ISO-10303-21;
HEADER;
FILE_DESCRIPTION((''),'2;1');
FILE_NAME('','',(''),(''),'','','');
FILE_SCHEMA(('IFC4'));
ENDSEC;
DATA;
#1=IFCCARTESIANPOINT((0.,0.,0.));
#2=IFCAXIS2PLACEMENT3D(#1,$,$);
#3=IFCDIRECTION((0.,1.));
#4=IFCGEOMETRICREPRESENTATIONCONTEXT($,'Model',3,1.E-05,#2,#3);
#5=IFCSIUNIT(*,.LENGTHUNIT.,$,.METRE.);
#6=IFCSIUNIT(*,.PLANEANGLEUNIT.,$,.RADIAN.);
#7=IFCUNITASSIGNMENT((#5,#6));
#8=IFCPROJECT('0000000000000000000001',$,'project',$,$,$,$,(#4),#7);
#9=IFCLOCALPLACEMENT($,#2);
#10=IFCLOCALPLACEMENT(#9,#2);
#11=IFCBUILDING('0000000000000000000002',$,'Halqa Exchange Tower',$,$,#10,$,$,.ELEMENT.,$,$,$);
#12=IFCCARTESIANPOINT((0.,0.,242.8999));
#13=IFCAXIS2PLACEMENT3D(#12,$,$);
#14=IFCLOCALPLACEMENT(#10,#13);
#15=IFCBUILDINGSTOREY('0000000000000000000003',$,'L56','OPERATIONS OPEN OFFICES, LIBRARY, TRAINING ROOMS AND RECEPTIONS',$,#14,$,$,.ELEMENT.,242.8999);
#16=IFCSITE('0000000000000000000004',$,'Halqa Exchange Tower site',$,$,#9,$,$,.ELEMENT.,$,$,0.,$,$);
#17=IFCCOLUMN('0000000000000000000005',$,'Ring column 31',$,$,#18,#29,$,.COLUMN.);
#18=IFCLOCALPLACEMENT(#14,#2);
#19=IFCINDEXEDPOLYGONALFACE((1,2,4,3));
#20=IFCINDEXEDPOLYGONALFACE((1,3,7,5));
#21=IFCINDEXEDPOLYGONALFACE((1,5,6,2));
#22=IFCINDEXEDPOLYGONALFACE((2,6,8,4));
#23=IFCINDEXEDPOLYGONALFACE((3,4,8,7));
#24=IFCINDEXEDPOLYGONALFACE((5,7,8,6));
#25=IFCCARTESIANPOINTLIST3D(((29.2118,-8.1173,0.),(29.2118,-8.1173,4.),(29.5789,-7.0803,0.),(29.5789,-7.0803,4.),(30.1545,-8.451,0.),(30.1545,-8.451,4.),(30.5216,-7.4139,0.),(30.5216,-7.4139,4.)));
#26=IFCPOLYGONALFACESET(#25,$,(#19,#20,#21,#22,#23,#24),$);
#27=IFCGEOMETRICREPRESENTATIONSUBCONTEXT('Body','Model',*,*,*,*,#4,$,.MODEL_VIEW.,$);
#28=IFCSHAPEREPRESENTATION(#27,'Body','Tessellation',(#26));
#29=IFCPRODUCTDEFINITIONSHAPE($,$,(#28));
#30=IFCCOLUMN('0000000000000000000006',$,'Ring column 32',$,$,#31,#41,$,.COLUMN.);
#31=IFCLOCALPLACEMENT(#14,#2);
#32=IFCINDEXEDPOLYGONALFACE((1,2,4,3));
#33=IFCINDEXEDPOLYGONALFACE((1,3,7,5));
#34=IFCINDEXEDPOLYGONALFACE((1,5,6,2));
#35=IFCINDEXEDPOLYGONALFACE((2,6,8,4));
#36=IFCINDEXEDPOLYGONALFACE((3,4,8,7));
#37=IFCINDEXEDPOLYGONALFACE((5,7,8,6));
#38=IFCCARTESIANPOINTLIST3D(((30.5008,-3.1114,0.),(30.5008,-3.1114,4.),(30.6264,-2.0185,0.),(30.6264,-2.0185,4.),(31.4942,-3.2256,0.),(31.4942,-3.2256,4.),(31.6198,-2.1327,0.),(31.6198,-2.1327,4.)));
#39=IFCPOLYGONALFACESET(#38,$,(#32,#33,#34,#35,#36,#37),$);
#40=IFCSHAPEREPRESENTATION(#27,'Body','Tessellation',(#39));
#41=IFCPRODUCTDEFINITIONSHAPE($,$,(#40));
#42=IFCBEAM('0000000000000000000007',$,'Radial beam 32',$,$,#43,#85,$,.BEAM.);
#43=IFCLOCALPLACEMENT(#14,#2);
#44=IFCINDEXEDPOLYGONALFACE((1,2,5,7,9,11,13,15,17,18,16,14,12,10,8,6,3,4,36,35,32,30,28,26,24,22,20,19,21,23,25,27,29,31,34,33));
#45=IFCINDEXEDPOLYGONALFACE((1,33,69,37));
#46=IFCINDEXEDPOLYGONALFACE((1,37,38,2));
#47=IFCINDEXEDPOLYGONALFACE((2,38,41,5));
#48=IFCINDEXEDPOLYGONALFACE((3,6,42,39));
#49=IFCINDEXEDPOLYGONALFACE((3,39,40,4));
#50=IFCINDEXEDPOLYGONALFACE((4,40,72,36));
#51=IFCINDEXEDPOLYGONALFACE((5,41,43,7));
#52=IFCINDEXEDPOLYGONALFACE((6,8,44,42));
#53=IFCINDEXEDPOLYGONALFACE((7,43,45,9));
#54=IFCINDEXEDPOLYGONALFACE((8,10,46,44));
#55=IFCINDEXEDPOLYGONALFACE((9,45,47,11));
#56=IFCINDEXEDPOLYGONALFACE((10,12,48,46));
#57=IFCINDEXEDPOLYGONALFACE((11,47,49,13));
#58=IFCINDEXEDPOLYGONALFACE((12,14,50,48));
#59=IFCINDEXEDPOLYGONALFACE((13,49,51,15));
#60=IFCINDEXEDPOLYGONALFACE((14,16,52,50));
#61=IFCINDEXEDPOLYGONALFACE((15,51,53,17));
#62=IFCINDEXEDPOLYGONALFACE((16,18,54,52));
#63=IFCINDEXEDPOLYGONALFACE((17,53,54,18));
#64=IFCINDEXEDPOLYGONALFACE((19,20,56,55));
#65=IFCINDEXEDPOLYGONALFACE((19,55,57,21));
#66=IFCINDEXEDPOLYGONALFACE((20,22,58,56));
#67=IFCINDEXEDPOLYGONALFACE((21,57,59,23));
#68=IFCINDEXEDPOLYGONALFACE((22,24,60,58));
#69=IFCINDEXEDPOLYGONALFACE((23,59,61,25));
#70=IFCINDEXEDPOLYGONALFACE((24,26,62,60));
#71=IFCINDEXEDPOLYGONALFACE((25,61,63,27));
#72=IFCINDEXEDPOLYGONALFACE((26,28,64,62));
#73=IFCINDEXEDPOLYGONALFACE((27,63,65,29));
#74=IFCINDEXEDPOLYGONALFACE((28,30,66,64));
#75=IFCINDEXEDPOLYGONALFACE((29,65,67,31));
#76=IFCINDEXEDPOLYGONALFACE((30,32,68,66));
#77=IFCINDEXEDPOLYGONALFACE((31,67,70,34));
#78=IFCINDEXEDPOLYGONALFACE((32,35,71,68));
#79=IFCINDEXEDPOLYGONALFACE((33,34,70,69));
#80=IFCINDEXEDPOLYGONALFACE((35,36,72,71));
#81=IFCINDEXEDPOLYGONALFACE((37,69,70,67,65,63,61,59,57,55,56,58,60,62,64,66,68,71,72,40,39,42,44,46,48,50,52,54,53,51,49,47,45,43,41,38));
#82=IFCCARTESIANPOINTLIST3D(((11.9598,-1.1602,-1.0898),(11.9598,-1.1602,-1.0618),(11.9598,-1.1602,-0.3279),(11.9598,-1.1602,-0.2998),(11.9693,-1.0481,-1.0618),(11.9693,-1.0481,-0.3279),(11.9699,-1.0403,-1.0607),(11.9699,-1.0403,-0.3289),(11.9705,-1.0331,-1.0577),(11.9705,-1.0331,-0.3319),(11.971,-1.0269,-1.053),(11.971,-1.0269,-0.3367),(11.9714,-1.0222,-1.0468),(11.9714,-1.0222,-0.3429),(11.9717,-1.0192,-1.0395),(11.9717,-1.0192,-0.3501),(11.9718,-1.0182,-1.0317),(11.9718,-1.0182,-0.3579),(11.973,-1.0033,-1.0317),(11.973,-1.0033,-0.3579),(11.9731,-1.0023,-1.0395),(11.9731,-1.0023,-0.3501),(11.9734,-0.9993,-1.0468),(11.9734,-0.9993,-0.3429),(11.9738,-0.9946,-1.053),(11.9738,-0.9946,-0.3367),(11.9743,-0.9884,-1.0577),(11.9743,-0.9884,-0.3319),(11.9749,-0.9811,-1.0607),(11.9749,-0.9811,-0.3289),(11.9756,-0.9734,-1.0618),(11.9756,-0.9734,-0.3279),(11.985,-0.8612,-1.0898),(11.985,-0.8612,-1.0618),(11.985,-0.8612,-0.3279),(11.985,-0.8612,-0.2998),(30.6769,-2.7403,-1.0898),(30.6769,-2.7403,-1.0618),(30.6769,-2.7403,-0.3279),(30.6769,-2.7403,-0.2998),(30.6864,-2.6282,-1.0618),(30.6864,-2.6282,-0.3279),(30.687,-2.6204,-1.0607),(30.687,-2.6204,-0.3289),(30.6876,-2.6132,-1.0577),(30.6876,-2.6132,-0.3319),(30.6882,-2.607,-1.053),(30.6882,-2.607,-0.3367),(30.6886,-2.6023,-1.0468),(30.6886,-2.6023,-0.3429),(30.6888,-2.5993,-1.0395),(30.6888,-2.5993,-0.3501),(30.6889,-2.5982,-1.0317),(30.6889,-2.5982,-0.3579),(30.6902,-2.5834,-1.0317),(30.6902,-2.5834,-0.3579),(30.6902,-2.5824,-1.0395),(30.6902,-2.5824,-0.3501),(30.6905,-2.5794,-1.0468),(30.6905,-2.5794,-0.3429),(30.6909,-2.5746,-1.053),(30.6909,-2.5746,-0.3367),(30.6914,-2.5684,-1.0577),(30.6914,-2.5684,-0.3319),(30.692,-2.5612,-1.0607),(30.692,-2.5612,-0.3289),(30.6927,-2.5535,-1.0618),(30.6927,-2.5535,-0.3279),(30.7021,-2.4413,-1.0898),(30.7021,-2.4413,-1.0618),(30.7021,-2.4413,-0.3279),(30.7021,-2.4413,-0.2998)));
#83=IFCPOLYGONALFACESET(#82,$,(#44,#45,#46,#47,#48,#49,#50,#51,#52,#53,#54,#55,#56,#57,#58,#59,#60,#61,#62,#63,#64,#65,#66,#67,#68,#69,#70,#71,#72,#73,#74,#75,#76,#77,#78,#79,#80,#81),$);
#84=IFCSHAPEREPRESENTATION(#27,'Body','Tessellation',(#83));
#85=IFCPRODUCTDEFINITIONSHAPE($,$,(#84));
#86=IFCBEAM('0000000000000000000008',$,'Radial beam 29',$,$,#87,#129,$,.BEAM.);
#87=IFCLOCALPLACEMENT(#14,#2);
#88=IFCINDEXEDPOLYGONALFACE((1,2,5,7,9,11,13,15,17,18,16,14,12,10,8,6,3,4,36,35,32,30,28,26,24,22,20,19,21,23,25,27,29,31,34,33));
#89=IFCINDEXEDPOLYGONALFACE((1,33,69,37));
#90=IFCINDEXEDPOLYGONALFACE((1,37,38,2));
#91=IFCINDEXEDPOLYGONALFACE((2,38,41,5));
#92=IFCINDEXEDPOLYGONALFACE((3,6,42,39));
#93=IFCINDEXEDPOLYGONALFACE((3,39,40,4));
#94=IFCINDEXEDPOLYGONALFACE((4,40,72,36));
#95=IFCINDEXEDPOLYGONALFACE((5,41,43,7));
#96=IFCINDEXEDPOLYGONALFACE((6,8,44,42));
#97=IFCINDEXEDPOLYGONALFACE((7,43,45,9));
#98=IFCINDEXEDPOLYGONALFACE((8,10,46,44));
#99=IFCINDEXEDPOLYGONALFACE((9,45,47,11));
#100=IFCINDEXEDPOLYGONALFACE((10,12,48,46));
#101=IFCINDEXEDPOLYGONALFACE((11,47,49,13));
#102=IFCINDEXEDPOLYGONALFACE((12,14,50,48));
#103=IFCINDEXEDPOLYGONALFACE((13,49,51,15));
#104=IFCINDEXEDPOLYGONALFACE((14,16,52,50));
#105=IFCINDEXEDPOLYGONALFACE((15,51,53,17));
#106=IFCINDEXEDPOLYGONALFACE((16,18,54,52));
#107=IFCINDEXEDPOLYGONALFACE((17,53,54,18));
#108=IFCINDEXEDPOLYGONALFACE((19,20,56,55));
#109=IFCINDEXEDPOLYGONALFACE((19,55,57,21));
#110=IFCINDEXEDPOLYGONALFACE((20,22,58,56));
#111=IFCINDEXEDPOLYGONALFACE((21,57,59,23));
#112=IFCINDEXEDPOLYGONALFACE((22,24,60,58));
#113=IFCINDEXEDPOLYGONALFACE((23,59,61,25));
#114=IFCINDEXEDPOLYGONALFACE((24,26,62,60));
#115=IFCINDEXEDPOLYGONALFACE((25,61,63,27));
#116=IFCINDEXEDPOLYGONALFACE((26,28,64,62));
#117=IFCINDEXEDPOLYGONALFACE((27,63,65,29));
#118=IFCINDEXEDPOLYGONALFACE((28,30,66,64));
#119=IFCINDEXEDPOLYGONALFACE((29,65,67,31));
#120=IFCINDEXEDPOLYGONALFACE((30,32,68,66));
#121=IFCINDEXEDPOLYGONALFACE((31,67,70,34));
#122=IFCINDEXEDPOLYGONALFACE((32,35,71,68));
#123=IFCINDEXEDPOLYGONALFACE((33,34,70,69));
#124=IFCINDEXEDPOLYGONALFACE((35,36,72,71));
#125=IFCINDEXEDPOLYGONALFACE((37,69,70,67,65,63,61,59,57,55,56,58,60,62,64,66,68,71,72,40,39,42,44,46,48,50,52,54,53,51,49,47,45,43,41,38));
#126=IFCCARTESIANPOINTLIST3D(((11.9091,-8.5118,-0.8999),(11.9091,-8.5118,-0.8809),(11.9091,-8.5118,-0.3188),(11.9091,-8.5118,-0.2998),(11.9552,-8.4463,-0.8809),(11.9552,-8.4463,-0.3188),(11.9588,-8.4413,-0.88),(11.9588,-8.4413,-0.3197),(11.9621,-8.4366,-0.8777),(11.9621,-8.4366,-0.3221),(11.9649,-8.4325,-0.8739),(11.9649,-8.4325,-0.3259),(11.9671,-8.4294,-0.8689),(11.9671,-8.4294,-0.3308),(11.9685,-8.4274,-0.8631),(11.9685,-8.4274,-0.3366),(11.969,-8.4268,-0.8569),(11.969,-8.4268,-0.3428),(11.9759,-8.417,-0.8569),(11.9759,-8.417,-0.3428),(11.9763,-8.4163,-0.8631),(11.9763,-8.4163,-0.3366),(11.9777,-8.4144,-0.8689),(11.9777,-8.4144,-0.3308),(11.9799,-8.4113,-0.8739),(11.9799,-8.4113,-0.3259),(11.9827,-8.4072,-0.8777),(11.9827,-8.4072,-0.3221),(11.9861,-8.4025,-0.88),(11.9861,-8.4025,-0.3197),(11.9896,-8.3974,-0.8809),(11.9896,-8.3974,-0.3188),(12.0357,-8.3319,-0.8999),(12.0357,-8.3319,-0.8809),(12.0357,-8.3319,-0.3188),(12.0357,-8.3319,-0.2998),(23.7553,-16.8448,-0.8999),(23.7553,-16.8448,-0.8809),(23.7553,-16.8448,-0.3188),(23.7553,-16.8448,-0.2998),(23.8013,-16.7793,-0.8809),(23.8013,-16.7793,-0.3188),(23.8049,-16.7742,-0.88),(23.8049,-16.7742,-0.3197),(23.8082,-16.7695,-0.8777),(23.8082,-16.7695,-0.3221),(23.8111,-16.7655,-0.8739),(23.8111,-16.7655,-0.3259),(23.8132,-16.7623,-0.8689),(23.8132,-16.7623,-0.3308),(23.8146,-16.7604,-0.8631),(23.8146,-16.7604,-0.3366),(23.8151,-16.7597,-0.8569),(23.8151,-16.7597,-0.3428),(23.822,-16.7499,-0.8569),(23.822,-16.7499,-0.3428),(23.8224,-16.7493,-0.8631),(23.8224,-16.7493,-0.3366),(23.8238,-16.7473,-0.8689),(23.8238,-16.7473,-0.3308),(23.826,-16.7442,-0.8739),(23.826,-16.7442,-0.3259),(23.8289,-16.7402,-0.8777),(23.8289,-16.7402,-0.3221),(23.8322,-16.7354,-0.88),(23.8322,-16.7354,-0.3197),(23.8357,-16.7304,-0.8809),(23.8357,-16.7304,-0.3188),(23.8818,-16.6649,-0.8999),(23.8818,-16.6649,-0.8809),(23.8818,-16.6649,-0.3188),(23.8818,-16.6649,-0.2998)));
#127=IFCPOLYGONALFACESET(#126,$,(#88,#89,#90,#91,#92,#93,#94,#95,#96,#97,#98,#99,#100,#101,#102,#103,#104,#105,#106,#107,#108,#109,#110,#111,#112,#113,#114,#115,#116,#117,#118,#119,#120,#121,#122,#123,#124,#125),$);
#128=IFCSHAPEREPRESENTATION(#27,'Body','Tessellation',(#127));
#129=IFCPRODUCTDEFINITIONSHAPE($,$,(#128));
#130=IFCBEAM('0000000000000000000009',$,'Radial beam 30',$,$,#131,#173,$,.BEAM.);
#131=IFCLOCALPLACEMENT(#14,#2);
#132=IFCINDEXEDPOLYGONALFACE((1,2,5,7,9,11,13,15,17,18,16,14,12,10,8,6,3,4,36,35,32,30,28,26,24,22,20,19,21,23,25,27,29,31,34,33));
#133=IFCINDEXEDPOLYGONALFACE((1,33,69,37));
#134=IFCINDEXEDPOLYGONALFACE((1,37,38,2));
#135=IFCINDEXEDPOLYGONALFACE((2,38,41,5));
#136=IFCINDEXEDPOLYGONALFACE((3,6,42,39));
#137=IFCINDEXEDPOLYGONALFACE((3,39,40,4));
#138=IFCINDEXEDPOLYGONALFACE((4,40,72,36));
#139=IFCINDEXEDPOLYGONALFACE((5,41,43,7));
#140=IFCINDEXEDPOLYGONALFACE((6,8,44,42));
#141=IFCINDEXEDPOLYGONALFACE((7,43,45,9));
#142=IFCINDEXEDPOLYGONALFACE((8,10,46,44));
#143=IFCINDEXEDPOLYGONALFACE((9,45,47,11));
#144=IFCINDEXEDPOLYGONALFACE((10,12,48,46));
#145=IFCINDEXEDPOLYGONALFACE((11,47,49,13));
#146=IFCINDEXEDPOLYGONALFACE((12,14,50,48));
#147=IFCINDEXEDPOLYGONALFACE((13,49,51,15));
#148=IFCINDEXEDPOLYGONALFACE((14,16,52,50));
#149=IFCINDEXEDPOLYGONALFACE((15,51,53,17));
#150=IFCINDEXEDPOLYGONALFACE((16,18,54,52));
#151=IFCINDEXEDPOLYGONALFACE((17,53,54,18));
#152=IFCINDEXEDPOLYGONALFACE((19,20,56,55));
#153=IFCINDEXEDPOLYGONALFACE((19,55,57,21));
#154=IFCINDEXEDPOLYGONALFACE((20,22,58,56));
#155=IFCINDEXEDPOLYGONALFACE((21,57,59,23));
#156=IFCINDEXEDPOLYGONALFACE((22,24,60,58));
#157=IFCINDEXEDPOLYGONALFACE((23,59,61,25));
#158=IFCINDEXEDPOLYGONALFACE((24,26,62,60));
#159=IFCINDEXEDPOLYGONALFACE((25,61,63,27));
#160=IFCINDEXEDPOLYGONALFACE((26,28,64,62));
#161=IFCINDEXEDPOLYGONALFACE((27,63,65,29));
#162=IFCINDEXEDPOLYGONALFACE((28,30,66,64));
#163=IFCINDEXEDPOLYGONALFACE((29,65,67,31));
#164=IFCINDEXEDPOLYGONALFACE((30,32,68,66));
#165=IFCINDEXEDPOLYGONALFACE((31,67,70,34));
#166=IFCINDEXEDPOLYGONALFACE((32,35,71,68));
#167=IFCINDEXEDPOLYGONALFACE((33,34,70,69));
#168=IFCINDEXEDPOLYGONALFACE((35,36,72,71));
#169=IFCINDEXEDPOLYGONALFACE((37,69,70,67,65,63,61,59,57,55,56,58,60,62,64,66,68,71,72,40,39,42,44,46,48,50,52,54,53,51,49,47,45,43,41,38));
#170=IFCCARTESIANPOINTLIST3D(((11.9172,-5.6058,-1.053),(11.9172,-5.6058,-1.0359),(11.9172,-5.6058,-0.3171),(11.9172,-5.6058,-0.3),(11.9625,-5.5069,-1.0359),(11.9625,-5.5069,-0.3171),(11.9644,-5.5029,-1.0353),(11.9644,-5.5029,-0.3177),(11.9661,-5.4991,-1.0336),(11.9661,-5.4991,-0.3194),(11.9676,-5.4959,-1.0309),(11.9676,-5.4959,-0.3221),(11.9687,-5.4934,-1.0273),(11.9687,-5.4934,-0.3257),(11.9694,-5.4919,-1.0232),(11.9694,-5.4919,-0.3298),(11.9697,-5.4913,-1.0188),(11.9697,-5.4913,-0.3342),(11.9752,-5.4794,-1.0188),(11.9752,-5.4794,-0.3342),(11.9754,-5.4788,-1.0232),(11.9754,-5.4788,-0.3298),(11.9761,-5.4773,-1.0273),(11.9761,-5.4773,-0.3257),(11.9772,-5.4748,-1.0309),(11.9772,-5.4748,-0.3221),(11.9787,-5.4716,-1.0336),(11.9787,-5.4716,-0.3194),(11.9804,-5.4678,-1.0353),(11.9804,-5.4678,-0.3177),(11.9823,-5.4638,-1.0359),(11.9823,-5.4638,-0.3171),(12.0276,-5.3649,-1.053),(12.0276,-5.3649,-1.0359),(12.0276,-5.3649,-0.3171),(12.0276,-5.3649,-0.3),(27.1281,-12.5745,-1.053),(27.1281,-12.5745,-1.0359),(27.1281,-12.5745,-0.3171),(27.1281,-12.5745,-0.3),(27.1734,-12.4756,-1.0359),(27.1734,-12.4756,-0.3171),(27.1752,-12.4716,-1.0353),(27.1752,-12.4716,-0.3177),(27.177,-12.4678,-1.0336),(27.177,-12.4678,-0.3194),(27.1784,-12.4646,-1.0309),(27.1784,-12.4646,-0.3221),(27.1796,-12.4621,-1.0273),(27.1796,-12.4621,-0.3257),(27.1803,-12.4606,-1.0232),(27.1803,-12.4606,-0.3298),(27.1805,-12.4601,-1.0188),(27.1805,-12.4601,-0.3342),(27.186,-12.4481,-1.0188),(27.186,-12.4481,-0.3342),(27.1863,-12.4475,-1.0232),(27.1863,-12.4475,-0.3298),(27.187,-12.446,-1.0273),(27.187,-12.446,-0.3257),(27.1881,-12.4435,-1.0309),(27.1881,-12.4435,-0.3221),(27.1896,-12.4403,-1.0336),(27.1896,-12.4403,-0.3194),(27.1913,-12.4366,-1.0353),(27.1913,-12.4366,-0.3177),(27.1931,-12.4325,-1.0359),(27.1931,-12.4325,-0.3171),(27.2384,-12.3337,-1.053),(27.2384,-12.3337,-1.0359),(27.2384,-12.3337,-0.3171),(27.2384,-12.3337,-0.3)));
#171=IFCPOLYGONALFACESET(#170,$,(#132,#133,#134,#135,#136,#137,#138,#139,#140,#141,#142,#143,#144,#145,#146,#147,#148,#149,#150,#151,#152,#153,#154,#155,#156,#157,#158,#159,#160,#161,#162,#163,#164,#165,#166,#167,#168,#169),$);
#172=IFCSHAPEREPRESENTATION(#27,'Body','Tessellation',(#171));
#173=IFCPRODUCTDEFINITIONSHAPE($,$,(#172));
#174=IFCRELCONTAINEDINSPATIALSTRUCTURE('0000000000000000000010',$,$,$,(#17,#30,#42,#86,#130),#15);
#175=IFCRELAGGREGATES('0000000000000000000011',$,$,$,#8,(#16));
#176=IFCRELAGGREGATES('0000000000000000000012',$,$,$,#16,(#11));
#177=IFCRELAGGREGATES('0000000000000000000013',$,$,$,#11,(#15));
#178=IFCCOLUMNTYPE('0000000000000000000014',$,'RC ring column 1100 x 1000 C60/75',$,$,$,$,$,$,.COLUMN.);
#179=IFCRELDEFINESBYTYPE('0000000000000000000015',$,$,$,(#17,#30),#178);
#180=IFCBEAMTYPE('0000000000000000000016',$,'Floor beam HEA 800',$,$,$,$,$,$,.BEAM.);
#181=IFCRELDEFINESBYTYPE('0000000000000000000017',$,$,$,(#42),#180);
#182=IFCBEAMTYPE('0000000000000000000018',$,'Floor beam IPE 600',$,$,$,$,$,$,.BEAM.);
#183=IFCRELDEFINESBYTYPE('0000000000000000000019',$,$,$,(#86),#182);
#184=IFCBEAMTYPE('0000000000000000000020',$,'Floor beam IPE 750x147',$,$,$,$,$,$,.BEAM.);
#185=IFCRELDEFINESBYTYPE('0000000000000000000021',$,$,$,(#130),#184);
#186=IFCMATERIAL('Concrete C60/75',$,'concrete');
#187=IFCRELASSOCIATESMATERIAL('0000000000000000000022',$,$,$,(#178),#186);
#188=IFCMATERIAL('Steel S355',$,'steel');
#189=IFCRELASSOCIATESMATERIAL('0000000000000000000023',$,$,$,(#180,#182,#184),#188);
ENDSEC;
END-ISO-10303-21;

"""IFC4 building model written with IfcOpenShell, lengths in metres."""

from ifc_helpers import new_model, si_unit, direction, frame, origin, origin_2d, place, context, subcontext, project, spatial, rectangle, i_section, extrude, material, material_profile, profile_set, type_object, element, save


model = new_model("IFC4")

# Units and contexts
model_context = context("Model", 3, precision=1e-05, world=origin(), true_north=direction((0.0, 1.0)))
body_context = subcontext(model_context, "Body", "Model", "MODEL_VIEW")
ifc_project = project(units=[si_unit("LENGTHUNIT", "METRE"), si_unit("PLANEANGLEUNIT", "RADIAN")], contexts=[model_context])

# Site, building, storey
site_placement = place(None, origin())
site = spatial("IfcSite", under=ifc_project, at=site_placement, Name="Halqa Exchange Tower site", CompositionType="ELEMENT", RefElevation=0.0)
building_placement = place(site_placement, origin())
building = spatial("IfcBuilding", under=site, at=building_placement, Name="Halqa Exchange Tower", CompositionType="ELEMENT")
storey_placement = place(building_placement, frame((0.0, 0.0, 242.8999)))
storey = spatial("IfcBuildingStorey", under=building, at=storey_placement, Name="L56", Description="OPERATIONS OPEN OFFICES, LIBRARY, TRAINING ROOMS AND RECEPTIONS", CompositionType="ELEMENT", Elevation=242.8999)

# Columns
ifc_material_1 = material(Name="Concrete C60/75", Category="concrete")
ifc_material_profile_1 = material_profile(ifc_material_1, rectangle(XDim=1.1001, YDim=1.0, at=origin_2d()), Name="1100 x 1000")
ifc_profile_set_1 = profile_set([ifc_material_profile_1], Name="Concrete C60/75")
column_type = type_object("IfcColumnType", Name="RC ring column 1100 x 1000 C60/75", PredefinedType="COLUMN", material=ifc_profile_set_1)
for number, where, z_axis, x_axis, name in (
    (1, (29.8667, -7.7656, 0.0), (0.0, 0.0, 1.0), (0.333624, 0.942706, 0.0), "Ring column 31"),
    (2, (31.0603, -2.6221, 0.0), (0.0, 0.0, 1.0), (0.114153, 0.993463, 0.0), "Ring column 32"),
):
    element("IfcColumn", number, at=place(storey_placement, frame(where, z_axis=z_axis, x_axis=x_axis)), inside=storey, type_object=column_type, Name=name, PredefinedType="COLUMN", context=body_context, shape_type="SweptSolid", body=[
        extrude(rectangle(XDim=1.1001, YDim=1.0, at=origin_2d()), origin(), (0.0, 0.0, 1.0), 4.0),
    ])

# Beams
ifc_material_2 = material(Name="Steel S355", Category="steel")
ifc_material_profile_2 = material_profile(ifc_material_2, i_section(OverallWidth=0.3, OverallDepth=0.79, WebThickness=0.0149, FlangeThickness=0.0281, FilletRadius=0.03, at=origin_2d()), Name="HEA 800")
ifc_profile_set_2 = profile_set([ifc_material_profile_2], Name="Steel S355")
beam_type_1 = type_object("IfcBeamType", Name="Floor beam HEA 800", PredefinedType="BEAM", material=ifc_profile_set_2)
beam_1_placement = place(storey_placement, frame((11.9724, -1.0107, -0.6948), z_axis=(0.996456, -0.08412, 0.0), x_axis=(0.08412, 0.996456, 0.0)))
element("IfcBeam", 3, at=beam_1_placement, inside=storey, type_object=beam_type_1, Name="Radial beam 32", PredefinedType="BEAM", context=body_context, shape_type="SweptSolid", body=[
    extrude(i_section(OverallWidth=0.3, OverallDepth=0.79, WebThickness=0.0149, FlangeThickness=0.0281, FilletRadius=0.03, at=origin_2d()), origin(), (0.0, 0.0, 1.0), 18.7837),
])
ifc_material_profile_3 = material_profile(ifc_material_2, i_section(OverallWidth=0.22, OverallDepth=0.6001, WebThickness=0.012, FlangeThickness=0.019, FilletRadius=0.0239, at=origin_2d()), Name="IPE 600")
ifc_profile_set_3 = profile_set([ifc_material_profile_3], Name="Steel S355")
beam_type_2 = type_object("IfcBeamType", Name="Floor beam IPE 600", PredefinedType="BEAM", material=ifc_profile_set_3)
beam_2_placement = place(storey_placement, frame((11.9724, -8.4219, -0.5999), z_axis=(0.81791, -0.575346, 0.0), x_axis=(0.575346, 0.81791, 0.0)))
element("IfcBeam", 4, at=beam_2_placement, inside=storey, type_object=beam_type_2, Name="Radial beam 29", PredefinedType="BEAM", context=body_context, shape_type="SweptSolid", body=[
    extrude(i_section(OverallWidth=0.22, OverallDepth=0.6001, WebThickness=0.012, FlangeThickness=0.019, FilletRadius=0.0239, at=origin_2d()), origin(), (0.0, 0.0, 1.0), 14.4834),
])
ifc_material_profile_4 = material_profile(ifc_material_2, i_section(OverallWidth=0.2649, OverallDepth=0.7529, WebThickness=0.0132, FlangeThickness=0.0171, FilletRadius=0.0171, at=origin_2d()), Name="IPE 750x147")
ifc_profile_set_4 = profile_set([ifc_material_profile_4], Name="Steel S355")
beam_type_3 = type_object("IfcBeamType", Name="Floor beam IPE 750x147", PredefinedType="BEAM", material=ifc_profile_set_4)
beam_3_placement = place(storey_placement, frame((11.9724, -5.4854, -0.6765), z_axis=(0.909131, -0.41651, 0.0), x_axis=(0.41651, 0.909131, 0.0)))
element("IfcBeam", 5, at=beam_3_placement, inside=storey, type_object=beam_type_3, Name="Radial beam 30", PredefinedType="BEAM", context=body_context, shape_type="SweptSolid", body=[
    extrude(i_section(OverallWidth=0.2649, OverallDepth=0.7529, WebThickness=0.0132, FlangeThickness=0.0171, FilletRadius=0.0171, at=origin_2d()), origin(), (0.0, 0.0, 1.0), 16.7312),
])

save(model, "model.ifc")
